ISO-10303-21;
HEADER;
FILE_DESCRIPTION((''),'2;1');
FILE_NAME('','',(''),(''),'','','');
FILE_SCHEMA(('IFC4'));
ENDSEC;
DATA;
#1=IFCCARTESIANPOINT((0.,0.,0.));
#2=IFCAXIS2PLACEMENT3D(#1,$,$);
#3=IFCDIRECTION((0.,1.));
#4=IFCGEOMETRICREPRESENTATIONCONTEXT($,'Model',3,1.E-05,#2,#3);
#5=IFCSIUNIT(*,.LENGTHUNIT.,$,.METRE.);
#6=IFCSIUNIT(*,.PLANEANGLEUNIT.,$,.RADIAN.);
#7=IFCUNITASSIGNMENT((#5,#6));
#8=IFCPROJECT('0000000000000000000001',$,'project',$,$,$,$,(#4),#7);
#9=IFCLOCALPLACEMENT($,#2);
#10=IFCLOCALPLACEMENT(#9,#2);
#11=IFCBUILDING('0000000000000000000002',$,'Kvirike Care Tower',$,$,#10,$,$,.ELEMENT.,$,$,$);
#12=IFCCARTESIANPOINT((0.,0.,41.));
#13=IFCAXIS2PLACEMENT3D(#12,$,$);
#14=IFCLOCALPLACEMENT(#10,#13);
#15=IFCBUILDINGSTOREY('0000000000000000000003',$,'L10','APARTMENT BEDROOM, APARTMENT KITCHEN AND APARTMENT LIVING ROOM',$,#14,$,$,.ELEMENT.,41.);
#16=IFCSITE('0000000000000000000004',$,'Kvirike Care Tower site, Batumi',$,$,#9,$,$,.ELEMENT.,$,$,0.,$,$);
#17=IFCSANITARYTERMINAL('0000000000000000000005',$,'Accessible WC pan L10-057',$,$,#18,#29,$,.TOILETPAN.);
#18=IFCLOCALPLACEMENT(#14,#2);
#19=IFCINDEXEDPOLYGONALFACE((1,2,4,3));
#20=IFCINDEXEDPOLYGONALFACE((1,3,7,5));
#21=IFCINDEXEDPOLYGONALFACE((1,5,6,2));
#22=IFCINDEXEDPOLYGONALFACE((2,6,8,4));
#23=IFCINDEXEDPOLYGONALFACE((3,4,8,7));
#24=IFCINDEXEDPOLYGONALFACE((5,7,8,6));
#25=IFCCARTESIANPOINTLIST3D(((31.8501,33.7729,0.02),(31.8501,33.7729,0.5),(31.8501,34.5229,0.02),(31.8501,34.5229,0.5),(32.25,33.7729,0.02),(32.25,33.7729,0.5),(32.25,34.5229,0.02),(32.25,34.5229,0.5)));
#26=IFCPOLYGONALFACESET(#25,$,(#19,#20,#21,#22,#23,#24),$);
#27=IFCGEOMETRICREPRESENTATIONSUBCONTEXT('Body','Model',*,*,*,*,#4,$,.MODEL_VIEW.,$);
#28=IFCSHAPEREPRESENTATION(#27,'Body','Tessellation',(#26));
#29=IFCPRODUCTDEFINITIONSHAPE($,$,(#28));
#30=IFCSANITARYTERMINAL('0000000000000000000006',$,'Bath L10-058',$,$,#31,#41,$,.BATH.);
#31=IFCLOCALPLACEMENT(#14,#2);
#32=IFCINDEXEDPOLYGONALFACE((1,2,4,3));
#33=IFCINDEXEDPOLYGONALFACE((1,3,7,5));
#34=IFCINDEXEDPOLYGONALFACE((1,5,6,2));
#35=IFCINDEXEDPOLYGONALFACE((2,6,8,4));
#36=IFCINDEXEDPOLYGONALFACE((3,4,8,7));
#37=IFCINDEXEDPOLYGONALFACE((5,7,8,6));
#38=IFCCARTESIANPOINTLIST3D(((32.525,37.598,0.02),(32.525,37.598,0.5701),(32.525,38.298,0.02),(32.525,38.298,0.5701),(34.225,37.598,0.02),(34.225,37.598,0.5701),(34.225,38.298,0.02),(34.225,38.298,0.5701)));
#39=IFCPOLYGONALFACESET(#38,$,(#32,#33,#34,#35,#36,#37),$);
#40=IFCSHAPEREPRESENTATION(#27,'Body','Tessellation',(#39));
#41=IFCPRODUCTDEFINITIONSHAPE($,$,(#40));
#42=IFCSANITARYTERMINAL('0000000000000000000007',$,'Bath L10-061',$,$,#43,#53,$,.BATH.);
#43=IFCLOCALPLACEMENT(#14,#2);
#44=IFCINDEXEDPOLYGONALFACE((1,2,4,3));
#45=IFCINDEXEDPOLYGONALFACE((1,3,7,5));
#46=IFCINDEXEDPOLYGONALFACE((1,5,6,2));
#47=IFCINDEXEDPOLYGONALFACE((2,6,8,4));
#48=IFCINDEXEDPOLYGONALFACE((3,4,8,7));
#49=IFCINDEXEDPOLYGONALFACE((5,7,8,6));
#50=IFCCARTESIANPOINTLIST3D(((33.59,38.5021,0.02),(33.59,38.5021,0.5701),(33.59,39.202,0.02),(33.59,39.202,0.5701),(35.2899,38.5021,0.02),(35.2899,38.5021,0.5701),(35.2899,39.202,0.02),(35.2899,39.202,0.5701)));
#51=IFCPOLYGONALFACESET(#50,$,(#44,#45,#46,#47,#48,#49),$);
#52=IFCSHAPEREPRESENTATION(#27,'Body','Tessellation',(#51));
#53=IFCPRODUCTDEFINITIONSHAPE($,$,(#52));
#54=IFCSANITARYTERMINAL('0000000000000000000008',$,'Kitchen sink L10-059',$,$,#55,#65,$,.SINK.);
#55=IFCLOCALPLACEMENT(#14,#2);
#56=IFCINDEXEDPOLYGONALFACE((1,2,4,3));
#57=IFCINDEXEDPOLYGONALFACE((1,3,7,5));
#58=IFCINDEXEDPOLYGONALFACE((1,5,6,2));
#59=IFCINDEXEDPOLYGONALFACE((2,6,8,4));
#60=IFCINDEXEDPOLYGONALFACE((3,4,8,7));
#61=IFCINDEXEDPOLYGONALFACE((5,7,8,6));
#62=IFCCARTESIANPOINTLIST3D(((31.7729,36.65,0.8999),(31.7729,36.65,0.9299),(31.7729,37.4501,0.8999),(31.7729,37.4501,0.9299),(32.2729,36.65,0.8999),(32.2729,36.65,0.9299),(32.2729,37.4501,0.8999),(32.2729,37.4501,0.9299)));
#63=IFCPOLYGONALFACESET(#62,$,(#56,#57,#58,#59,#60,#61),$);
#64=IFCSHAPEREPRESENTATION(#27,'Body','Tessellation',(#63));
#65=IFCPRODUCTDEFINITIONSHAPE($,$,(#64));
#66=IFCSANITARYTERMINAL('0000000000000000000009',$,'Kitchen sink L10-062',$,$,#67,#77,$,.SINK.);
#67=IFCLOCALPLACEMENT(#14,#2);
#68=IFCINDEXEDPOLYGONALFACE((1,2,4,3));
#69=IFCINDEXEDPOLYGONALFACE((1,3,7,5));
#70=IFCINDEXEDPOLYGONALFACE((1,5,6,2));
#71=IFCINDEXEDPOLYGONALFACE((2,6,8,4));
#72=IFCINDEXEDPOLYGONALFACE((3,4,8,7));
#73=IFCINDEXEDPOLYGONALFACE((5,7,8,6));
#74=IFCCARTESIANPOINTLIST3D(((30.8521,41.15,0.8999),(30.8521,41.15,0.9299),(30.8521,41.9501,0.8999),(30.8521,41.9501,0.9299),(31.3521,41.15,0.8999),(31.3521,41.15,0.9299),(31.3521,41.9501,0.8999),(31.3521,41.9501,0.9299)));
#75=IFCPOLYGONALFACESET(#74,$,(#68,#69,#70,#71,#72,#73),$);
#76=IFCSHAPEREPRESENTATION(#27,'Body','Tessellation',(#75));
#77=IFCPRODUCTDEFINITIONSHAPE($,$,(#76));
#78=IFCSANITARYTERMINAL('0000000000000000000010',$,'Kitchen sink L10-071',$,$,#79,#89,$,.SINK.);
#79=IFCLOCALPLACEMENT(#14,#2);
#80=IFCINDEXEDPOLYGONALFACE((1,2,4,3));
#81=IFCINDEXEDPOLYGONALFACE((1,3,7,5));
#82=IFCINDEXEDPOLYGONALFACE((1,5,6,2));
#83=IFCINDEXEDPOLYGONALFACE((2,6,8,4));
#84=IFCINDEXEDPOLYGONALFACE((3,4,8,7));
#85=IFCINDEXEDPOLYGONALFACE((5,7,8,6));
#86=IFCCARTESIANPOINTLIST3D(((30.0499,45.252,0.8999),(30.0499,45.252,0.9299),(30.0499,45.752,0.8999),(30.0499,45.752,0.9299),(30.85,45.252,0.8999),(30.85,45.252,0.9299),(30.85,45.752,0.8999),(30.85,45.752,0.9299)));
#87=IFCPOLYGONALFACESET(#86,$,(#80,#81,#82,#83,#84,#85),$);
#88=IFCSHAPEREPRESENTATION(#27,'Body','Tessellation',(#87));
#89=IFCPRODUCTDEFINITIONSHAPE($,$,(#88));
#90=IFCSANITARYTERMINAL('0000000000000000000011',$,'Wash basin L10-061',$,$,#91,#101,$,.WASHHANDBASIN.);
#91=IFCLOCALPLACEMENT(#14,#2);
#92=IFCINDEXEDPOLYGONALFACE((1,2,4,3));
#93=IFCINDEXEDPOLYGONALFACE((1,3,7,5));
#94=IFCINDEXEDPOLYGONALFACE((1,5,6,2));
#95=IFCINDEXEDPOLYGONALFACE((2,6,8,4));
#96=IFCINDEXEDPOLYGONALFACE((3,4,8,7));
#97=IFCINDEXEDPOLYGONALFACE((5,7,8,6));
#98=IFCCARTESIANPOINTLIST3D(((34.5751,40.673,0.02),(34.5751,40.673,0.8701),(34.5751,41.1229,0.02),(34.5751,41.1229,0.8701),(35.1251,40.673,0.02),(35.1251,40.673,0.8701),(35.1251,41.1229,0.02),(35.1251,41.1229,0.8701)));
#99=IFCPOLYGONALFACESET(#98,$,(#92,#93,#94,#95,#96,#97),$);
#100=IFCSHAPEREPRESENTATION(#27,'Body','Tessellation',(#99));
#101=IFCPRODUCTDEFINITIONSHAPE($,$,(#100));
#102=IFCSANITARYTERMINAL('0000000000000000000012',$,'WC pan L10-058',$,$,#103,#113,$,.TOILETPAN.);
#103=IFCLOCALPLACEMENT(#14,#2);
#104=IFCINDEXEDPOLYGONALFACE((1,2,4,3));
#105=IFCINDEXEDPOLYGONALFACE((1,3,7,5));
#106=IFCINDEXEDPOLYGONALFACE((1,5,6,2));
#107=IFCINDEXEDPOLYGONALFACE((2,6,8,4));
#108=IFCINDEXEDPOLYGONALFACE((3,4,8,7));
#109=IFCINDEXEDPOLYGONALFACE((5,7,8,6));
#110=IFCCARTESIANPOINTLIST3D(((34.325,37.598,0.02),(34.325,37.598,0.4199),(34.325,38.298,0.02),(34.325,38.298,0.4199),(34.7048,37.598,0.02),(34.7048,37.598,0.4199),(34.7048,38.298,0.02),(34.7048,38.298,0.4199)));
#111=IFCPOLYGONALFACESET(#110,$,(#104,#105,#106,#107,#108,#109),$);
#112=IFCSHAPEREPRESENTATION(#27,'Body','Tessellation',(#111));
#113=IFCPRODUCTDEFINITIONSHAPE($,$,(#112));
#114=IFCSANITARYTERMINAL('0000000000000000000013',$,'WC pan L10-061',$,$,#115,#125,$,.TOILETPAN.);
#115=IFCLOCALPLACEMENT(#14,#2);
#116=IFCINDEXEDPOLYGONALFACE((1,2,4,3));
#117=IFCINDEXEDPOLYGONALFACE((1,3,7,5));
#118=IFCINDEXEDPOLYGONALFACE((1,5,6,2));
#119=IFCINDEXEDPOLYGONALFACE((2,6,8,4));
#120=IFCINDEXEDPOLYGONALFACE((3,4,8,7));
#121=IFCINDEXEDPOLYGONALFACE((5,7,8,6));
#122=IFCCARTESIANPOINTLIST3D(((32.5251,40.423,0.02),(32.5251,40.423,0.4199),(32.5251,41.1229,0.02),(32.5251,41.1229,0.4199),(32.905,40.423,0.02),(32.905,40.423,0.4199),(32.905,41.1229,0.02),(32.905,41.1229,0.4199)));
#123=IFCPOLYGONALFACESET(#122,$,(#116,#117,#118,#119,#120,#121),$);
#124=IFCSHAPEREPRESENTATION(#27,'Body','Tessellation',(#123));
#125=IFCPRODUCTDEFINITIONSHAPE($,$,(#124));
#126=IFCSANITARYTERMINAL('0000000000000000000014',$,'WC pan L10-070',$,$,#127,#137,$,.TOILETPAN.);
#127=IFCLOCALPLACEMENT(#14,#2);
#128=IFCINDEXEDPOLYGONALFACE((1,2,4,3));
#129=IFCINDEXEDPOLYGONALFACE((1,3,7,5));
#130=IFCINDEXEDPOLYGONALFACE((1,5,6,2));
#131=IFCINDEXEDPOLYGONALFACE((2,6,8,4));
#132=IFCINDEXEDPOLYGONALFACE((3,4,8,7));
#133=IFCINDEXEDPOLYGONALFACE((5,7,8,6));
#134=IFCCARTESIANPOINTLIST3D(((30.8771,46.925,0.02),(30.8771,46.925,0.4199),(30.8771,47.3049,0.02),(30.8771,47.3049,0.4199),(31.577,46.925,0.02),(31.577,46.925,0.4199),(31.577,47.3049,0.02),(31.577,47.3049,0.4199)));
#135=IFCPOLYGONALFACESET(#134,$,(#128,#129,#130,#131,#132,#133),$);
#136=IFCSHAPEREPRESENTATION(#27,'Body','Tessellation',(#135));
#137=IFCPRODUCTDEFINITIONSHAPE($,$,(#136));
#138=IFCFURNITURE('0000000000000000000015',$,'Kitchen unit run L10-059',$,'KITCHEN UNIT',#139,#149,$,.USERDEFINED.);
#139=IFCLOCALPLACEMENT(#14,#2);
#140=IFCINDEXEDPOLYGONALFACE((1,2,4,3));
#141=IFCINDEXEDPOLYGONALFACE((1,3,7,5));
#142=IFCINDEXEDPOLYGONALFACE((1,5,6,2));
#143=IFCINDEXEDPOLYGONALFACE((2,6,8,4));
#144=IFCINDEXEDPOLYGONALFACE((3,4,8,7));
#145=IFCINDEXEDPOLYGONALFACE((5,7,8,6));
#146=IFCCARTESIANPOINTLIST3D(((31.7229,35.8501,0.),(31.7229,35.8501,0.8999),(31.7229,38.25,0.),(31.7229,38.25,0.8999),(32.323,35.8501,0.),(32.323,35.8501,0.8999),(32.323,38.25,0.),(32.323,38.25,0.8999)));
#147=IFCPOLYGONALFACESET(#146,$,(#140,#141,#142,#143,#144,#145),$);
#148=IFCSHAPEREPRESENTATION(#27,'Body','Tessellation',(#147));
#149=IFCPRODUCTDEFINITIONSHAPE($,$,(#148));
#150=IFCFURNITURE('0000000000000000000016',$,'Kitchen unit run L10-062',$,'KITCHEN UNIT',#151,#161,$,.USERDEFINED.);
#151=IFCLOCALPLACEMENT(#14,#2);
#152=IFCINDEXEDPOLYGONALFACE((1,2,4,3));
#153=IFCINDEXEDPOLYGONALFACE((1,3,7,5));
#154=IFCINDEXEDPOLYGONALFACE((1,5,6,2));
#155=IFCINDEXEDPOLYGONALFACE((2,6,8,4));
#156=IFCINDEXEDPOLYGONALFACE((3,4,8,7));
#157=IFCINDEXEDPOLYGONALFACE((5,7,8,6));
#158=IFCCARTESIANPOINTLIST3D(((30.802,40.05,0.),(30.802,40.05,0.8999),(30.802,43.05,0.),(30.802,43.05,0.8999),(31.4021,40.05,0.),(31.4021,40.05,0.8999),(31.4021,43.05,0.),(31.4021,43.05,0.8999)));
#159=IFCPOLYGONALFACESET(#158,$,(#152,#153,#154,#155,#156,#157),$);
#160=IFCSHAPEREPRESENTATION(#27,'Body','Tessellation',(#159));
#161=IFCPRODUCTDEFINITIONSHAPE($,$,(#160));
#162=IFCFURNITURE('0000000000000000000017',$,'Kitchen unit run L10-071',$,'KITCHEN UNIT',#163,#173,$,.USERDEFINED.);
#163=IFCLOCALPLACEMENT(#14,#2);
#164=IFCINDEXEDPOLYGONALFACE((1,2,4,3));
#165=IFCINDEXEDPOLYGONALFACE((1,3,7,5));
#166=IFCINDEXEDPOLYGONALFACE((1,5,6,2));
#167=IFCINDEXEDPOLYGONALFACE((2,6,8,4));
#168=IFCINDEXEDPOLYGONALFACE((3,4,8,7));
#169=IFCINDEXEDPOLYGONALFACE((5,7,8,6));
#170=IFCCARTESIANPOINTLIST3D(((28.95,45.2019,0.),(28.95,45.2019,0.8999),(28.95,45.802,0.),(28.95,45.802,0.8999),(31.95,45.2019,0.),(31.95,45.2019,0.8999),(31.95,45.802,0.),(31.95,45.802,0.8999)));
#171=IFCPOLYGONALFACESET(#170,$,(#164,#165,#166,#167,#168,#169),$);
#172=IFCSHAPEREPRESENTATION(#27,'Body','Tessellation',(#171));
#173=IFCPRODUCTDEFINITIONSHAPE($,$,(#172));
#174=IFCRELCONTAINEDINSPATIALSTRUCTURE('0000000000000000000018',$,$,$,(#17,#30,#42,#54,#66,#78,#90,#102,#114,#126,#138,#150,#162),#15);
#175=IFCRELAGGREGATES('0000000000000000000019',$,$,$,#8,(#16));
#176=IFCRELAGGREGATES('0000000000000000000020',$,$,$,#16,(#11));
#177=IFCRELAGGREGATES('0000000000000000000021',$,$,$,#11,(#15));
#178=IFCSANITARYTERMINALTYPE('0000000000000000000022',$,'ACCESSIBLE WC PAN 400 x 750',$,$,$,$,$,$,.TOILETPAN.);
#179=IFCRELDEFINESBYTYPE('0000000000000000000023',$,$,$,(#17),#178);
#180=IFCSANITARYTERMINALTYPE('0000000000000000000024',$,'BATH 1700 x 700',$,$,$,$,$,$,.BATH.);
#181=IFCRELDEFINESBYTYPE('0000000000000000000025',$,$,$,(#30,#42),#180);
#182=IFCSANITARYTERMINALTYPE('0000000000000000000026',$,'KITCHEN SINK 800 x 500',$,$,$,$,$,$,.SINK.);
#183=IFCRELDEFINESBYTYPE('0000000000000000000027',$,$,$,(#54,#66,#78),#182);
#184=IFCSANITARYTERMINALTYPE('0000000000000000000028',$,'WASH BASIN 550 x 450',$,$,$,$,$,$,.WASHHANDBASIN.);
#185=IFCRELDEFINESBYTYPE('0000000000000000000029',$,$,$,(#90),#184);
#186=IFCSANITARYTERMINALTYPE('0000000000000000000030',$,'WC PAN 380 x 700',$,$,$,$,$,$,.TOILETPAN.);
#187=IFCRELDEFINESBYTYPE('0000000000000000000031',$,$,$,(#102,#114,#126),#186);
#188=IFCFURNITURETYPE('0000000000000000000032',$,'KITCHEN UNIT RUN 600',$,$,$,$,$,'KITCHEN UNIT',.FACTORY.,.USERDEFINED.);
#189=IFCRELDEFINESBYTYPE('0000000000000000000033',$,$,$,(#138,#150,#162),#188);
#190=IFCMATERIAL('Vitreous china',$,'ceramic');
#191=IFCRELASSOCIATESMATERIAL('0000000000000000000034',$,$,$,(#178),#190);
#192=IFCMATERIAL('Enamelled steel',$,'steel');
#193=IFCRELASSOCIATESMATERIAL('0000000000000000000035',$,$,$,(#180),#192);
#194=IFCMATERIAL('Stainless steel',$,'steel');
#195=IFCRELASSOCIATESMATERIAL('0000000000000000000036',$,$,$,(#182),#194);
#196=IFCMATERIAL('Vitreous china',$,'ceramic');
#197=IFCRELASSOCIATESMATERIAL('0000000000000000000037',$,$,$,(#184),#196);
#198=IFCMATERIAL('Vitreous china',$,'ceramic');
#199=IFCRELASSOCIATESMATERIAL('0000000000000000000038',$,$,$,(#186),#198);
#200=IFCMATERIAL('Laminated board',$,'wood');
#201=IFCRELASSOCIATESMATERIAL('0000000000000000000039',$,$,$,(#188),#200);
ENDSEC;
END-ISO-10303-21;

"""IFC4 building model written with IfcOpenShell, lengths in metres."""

from ifc_helpers import new_model, si_unit, direction, frame, origin, origin_2d, place, context, subcontext, project, spatial, rectangle, extrude, material, type_object, element, save


model = new_model("IFC4")

# Units and contexts
model_context = context("Model", 3, precision=1e-05, world=origin(), true_north=direction((0.0, 1.0)))
body_context = subcontext(model_context, "Body", "Model", "MODEL_VIEW")
ifc_project = project(units=[si_unit("LENGTHUNIT", "METRE"), si_unit("PLANEANGLEUNIT", "RADIAN")], contexts=[model_context])

# Site, building, storey
site_placement = place(None, origin())
site = spatial("IfcSite", under=ifc_project, at=site_placement, Name="Kvirike Care Tower site, Batumi", CompositionType="ELEMENT", RefElevation=0.0)
building_placement = place(site_placement, origin())
building = spatial("IfcBuilding", under=site, at=building_placement, Name="Kvirike Care Tower", CompositionType="ELEMENT")
storey_placement = place(building_placement, frame((0.0, 0.0, 41.0)))
storey = spatial("IfcBuildingStorey", under=building, at=storey_placement, Name="L10", Description="APARTMENT BEDROOM, APARTMENT KITCHEN AND APARTMENT LIVING ROOM", CompositionType="ELEMENT", Elevation=41.0)

# Sanitary terminals
ifc_material_1 = material(Name="Vitreous china", Category="ceramic")
sanitary_terminal_type_1 = type_object("IfcSanitaryTerminalType", Name="ACCESSIBLE WC PAN 400 x 750", PredefinedType="TOILETPAN", material=ifc_material_1)
sanitary_terminal_1_placement = place(storey_placement, frame((32.05, 34.1479, 0.02), z_axis=(0.0, 0.0, 1.0), x_axis=(1.0, 0.0, 0.0)))
element("IfcSanitaryTerminal", 1, at=sanitary_terminal_1_placement, inside=storey, type_object=sanitary_terminal_type_1, Name="Accessible WC pan L10-057", PredefinedType="TOILETPAN", context=body_context, shape_type="SweptSolid", body=[
    extrude(rectangle(XDim=0.3999, YDim=0.75, at=origin_2d()), origin(), (0.0, 0.0, 1.0), 0.48),
])
ifc_material_2 = material(Name="Enamelled steel", Category="steel")
sanitary_terminal_type_2 = type_object("IfcSanitaryTerminalType", Name="BATH 1700 x 700", PredefinedType="BATH", material=ifc_material_2)
for number, where, z_axis, x_axis, name in (
    (2, (33.375, 37.948, 0.02), (0.0, 0.0, 1.0), (1.0, 0.0, 0.0), "Bath L10-058"),
    (3, (34.4399, 38.8521, 0.02), (0.0, 0.0, 1.0), (-1.0, 0.0, 0.0), "Bath L10-061"),
):
    element("IfcSanitaryTerminal", number, at=place(storey_placement, frame(where, z_axis=z_axis, x_axis=x_axis)), inside=storey, type_object=sanitary_terminal_type_2, Name=name, PredefinedType="BATH", context=body_context, shape_type="SweptSolid", body=[
        extrude(rectangle(XDim=1.7, YDim=0.7, at=origin_2d()), origin(), (0.0, 0.0, 1.0), 0.55),
    ])
ifc_material_3 = material(Name="Stainless steel", Category="steel")
sanitary_terminal_type_3 = type_object("IfcSanitaryTerminalType", Name="KITCHEN SINK 800 x 500", PredefinedType="SINK", material=ifc_material_3)
for number, where, z_axis, x_axis, name in (
    (4, (32.0229, 37.05, 0.8999), (0.0, 0.0, 1.0), (0.0, -1.0, 0.0), "Kitchen sink L10-059"),
    (5, (31.1021, 41.55, 0.8999), (0.0, 0.0, 1.0), (0.0, 1.0, 0.0), "Kitchen sink L10-062"),
    (6, (30.45, 45.502, 0.8999), (0.0, 0.0, 1.0), (-1.0, 0.0, 0.0), "Kitchen sink L10-071"),
):
    element("IfcSanitaryTerminal", number, at=place(storey_placement, frame(where, z_axis=z_axis, x_axis=x_axis)), inside=storey, type_object=sanitary_terminal_type_3, Name=name, PredefinedType="SINK", context=body_context, shape_type="SweptSolid", body=[
        extrude(rectangle(XDim=0.8, YDim=0.5, at=origin_2d()), origin(), (0.0, 0.0, 1.0), 0.03),
    ])
ifc_material_4 = material(Name="Vitreous china", Category="ceramic")
sanitary_terminal_type_4 = type_object("IfcSanitaryTerminalType", Name="WASH BASIN 550 x 450", PredefinedType="WASHHANDBASIN", material=ifc_material_4)
sanitary_terminal_2_placement = place(storey_placement, frame((34.8501, 40.8979, 0.02), z_axis=(0.0, 0.0, 1.0), x_axis=(1.0, 0.0, 0.0)))
element("IfcSanitaryTerminal", 7, at=sanitary_terminal_2_placement, inside=storey, type_object=sanitary_terminal_type_4, Name="Wash basin L10-061", PredefinedType="WASHHANDBASIN", context=body_context, shape_type="SweptSolid", body=[
    extrude(rectangle(XDim=0.55, YDim=0.45, at=origin_2d()), origin(), (0.0, 0.0, 1.0), 0.8501),
])
ifc_material_5 = material(Name="Vitreous china", Category="ceramic")
sanitary_terminal_type_5 = type_object("IfcSanitaryTerminalType", Name="WC PAN 380 x 700", PredefinedType="TOILETPAN", material=ifc_material_5)
for number, where, z_axis, x_axis, name in (
    (8, (34.5149, 37.948, 0.02), (0.0, 0.0, 1.0), (1.0, 0.0, 0.0), "WC pan L10-058"),
    (9, (32.7151, 40.7729, 0.02), (0.0, 0.0, 1.0), (1.0, 0.0, 0.0), "WC pan L10-061"),
    (10, (31.2271, 47.115, 0.02), (0.0, 0.0, 1.0), (0.0, 1.0, 0.0), "WC pan L10-070"),
):
    element("IfcSanitaryTerminal", number, at=place(storey_placement, frame(where, z_axis=z_axis, x_axis=x_axis)), inside=storey, type_object=sanitary_terminal_type_5, Name=name, PredefinedType="TOILETPAN", context=body_context, shape_type="SweptSolid", body=[
        extrude(rectangle(XDim=0.3799, YDim=0.7, at=origin_2d()), origin(), (0.0, 0.0, 1.0), 0.3999),
    ])

# Furniture
ifc_material_6 = material(Name="Laminated board", Category="wood")
furniture_type = type_object("IfcFurnitureType", Name="KITCHEN UNIT RUN 600", ElementType="KITCHEN UNIT", AssemblyPlace="FACTORY", PredefinedType="USERDEFINED", material=ifc_material_6)
furniture_placement = place(storey_placement, frame((32.0229, 37.05, 0.0), z_axis=(0.0, 0.0, 1.0), x_axis=(0.0, -1.0, 0.0)))
element("IfcFurniture", 11, at=furniture_placement, inside=storey, type_object=furniture_type, Name="Kitchen unit run L10-059", ObjectType="KITCHEN UNIT", PredefinedType="USERDEFINED", context=body_context, shape_type="SweptSolid", body=[
    extrude(rectangle(XDim=2.3999, YDim=0.6001, at=origin_2d()), origin(), (0.0, 0.0, 1.0), 0.8999),
])
for number, where, z_axis, x_axis, name in (
    (12, (31.1021, 41.55, 0.0), (0.0, 0.0, 1.0), (0.0, 1.0, 0.0), "Kitchen unit run L10-062"),
    (13, (30.45, 45.502, 0.0), (0.0, 0.0, 1.0), (-1.0, 0.0, 0.0), "Kitchen unit run L10-071"),
):
    element("IfcFurniture", number, at=place(storey_placement, frame(where, z_axis=z_axis, x_axis=x_axis)), inside=storey, type_object=furniture_type, Name=name, ObjectType="KITCHEN UNIT", PredefinedType="USERDEFINED", context=body_context, shape_type="SweptSolid", body=[
        extrude(rectangle(XDim=3.0, YDim=0.6001, at=origin_2d()), origin(), (0.0, 0.0, 1.0), 0.8999),
    ])

save(model, "model.ifc")
